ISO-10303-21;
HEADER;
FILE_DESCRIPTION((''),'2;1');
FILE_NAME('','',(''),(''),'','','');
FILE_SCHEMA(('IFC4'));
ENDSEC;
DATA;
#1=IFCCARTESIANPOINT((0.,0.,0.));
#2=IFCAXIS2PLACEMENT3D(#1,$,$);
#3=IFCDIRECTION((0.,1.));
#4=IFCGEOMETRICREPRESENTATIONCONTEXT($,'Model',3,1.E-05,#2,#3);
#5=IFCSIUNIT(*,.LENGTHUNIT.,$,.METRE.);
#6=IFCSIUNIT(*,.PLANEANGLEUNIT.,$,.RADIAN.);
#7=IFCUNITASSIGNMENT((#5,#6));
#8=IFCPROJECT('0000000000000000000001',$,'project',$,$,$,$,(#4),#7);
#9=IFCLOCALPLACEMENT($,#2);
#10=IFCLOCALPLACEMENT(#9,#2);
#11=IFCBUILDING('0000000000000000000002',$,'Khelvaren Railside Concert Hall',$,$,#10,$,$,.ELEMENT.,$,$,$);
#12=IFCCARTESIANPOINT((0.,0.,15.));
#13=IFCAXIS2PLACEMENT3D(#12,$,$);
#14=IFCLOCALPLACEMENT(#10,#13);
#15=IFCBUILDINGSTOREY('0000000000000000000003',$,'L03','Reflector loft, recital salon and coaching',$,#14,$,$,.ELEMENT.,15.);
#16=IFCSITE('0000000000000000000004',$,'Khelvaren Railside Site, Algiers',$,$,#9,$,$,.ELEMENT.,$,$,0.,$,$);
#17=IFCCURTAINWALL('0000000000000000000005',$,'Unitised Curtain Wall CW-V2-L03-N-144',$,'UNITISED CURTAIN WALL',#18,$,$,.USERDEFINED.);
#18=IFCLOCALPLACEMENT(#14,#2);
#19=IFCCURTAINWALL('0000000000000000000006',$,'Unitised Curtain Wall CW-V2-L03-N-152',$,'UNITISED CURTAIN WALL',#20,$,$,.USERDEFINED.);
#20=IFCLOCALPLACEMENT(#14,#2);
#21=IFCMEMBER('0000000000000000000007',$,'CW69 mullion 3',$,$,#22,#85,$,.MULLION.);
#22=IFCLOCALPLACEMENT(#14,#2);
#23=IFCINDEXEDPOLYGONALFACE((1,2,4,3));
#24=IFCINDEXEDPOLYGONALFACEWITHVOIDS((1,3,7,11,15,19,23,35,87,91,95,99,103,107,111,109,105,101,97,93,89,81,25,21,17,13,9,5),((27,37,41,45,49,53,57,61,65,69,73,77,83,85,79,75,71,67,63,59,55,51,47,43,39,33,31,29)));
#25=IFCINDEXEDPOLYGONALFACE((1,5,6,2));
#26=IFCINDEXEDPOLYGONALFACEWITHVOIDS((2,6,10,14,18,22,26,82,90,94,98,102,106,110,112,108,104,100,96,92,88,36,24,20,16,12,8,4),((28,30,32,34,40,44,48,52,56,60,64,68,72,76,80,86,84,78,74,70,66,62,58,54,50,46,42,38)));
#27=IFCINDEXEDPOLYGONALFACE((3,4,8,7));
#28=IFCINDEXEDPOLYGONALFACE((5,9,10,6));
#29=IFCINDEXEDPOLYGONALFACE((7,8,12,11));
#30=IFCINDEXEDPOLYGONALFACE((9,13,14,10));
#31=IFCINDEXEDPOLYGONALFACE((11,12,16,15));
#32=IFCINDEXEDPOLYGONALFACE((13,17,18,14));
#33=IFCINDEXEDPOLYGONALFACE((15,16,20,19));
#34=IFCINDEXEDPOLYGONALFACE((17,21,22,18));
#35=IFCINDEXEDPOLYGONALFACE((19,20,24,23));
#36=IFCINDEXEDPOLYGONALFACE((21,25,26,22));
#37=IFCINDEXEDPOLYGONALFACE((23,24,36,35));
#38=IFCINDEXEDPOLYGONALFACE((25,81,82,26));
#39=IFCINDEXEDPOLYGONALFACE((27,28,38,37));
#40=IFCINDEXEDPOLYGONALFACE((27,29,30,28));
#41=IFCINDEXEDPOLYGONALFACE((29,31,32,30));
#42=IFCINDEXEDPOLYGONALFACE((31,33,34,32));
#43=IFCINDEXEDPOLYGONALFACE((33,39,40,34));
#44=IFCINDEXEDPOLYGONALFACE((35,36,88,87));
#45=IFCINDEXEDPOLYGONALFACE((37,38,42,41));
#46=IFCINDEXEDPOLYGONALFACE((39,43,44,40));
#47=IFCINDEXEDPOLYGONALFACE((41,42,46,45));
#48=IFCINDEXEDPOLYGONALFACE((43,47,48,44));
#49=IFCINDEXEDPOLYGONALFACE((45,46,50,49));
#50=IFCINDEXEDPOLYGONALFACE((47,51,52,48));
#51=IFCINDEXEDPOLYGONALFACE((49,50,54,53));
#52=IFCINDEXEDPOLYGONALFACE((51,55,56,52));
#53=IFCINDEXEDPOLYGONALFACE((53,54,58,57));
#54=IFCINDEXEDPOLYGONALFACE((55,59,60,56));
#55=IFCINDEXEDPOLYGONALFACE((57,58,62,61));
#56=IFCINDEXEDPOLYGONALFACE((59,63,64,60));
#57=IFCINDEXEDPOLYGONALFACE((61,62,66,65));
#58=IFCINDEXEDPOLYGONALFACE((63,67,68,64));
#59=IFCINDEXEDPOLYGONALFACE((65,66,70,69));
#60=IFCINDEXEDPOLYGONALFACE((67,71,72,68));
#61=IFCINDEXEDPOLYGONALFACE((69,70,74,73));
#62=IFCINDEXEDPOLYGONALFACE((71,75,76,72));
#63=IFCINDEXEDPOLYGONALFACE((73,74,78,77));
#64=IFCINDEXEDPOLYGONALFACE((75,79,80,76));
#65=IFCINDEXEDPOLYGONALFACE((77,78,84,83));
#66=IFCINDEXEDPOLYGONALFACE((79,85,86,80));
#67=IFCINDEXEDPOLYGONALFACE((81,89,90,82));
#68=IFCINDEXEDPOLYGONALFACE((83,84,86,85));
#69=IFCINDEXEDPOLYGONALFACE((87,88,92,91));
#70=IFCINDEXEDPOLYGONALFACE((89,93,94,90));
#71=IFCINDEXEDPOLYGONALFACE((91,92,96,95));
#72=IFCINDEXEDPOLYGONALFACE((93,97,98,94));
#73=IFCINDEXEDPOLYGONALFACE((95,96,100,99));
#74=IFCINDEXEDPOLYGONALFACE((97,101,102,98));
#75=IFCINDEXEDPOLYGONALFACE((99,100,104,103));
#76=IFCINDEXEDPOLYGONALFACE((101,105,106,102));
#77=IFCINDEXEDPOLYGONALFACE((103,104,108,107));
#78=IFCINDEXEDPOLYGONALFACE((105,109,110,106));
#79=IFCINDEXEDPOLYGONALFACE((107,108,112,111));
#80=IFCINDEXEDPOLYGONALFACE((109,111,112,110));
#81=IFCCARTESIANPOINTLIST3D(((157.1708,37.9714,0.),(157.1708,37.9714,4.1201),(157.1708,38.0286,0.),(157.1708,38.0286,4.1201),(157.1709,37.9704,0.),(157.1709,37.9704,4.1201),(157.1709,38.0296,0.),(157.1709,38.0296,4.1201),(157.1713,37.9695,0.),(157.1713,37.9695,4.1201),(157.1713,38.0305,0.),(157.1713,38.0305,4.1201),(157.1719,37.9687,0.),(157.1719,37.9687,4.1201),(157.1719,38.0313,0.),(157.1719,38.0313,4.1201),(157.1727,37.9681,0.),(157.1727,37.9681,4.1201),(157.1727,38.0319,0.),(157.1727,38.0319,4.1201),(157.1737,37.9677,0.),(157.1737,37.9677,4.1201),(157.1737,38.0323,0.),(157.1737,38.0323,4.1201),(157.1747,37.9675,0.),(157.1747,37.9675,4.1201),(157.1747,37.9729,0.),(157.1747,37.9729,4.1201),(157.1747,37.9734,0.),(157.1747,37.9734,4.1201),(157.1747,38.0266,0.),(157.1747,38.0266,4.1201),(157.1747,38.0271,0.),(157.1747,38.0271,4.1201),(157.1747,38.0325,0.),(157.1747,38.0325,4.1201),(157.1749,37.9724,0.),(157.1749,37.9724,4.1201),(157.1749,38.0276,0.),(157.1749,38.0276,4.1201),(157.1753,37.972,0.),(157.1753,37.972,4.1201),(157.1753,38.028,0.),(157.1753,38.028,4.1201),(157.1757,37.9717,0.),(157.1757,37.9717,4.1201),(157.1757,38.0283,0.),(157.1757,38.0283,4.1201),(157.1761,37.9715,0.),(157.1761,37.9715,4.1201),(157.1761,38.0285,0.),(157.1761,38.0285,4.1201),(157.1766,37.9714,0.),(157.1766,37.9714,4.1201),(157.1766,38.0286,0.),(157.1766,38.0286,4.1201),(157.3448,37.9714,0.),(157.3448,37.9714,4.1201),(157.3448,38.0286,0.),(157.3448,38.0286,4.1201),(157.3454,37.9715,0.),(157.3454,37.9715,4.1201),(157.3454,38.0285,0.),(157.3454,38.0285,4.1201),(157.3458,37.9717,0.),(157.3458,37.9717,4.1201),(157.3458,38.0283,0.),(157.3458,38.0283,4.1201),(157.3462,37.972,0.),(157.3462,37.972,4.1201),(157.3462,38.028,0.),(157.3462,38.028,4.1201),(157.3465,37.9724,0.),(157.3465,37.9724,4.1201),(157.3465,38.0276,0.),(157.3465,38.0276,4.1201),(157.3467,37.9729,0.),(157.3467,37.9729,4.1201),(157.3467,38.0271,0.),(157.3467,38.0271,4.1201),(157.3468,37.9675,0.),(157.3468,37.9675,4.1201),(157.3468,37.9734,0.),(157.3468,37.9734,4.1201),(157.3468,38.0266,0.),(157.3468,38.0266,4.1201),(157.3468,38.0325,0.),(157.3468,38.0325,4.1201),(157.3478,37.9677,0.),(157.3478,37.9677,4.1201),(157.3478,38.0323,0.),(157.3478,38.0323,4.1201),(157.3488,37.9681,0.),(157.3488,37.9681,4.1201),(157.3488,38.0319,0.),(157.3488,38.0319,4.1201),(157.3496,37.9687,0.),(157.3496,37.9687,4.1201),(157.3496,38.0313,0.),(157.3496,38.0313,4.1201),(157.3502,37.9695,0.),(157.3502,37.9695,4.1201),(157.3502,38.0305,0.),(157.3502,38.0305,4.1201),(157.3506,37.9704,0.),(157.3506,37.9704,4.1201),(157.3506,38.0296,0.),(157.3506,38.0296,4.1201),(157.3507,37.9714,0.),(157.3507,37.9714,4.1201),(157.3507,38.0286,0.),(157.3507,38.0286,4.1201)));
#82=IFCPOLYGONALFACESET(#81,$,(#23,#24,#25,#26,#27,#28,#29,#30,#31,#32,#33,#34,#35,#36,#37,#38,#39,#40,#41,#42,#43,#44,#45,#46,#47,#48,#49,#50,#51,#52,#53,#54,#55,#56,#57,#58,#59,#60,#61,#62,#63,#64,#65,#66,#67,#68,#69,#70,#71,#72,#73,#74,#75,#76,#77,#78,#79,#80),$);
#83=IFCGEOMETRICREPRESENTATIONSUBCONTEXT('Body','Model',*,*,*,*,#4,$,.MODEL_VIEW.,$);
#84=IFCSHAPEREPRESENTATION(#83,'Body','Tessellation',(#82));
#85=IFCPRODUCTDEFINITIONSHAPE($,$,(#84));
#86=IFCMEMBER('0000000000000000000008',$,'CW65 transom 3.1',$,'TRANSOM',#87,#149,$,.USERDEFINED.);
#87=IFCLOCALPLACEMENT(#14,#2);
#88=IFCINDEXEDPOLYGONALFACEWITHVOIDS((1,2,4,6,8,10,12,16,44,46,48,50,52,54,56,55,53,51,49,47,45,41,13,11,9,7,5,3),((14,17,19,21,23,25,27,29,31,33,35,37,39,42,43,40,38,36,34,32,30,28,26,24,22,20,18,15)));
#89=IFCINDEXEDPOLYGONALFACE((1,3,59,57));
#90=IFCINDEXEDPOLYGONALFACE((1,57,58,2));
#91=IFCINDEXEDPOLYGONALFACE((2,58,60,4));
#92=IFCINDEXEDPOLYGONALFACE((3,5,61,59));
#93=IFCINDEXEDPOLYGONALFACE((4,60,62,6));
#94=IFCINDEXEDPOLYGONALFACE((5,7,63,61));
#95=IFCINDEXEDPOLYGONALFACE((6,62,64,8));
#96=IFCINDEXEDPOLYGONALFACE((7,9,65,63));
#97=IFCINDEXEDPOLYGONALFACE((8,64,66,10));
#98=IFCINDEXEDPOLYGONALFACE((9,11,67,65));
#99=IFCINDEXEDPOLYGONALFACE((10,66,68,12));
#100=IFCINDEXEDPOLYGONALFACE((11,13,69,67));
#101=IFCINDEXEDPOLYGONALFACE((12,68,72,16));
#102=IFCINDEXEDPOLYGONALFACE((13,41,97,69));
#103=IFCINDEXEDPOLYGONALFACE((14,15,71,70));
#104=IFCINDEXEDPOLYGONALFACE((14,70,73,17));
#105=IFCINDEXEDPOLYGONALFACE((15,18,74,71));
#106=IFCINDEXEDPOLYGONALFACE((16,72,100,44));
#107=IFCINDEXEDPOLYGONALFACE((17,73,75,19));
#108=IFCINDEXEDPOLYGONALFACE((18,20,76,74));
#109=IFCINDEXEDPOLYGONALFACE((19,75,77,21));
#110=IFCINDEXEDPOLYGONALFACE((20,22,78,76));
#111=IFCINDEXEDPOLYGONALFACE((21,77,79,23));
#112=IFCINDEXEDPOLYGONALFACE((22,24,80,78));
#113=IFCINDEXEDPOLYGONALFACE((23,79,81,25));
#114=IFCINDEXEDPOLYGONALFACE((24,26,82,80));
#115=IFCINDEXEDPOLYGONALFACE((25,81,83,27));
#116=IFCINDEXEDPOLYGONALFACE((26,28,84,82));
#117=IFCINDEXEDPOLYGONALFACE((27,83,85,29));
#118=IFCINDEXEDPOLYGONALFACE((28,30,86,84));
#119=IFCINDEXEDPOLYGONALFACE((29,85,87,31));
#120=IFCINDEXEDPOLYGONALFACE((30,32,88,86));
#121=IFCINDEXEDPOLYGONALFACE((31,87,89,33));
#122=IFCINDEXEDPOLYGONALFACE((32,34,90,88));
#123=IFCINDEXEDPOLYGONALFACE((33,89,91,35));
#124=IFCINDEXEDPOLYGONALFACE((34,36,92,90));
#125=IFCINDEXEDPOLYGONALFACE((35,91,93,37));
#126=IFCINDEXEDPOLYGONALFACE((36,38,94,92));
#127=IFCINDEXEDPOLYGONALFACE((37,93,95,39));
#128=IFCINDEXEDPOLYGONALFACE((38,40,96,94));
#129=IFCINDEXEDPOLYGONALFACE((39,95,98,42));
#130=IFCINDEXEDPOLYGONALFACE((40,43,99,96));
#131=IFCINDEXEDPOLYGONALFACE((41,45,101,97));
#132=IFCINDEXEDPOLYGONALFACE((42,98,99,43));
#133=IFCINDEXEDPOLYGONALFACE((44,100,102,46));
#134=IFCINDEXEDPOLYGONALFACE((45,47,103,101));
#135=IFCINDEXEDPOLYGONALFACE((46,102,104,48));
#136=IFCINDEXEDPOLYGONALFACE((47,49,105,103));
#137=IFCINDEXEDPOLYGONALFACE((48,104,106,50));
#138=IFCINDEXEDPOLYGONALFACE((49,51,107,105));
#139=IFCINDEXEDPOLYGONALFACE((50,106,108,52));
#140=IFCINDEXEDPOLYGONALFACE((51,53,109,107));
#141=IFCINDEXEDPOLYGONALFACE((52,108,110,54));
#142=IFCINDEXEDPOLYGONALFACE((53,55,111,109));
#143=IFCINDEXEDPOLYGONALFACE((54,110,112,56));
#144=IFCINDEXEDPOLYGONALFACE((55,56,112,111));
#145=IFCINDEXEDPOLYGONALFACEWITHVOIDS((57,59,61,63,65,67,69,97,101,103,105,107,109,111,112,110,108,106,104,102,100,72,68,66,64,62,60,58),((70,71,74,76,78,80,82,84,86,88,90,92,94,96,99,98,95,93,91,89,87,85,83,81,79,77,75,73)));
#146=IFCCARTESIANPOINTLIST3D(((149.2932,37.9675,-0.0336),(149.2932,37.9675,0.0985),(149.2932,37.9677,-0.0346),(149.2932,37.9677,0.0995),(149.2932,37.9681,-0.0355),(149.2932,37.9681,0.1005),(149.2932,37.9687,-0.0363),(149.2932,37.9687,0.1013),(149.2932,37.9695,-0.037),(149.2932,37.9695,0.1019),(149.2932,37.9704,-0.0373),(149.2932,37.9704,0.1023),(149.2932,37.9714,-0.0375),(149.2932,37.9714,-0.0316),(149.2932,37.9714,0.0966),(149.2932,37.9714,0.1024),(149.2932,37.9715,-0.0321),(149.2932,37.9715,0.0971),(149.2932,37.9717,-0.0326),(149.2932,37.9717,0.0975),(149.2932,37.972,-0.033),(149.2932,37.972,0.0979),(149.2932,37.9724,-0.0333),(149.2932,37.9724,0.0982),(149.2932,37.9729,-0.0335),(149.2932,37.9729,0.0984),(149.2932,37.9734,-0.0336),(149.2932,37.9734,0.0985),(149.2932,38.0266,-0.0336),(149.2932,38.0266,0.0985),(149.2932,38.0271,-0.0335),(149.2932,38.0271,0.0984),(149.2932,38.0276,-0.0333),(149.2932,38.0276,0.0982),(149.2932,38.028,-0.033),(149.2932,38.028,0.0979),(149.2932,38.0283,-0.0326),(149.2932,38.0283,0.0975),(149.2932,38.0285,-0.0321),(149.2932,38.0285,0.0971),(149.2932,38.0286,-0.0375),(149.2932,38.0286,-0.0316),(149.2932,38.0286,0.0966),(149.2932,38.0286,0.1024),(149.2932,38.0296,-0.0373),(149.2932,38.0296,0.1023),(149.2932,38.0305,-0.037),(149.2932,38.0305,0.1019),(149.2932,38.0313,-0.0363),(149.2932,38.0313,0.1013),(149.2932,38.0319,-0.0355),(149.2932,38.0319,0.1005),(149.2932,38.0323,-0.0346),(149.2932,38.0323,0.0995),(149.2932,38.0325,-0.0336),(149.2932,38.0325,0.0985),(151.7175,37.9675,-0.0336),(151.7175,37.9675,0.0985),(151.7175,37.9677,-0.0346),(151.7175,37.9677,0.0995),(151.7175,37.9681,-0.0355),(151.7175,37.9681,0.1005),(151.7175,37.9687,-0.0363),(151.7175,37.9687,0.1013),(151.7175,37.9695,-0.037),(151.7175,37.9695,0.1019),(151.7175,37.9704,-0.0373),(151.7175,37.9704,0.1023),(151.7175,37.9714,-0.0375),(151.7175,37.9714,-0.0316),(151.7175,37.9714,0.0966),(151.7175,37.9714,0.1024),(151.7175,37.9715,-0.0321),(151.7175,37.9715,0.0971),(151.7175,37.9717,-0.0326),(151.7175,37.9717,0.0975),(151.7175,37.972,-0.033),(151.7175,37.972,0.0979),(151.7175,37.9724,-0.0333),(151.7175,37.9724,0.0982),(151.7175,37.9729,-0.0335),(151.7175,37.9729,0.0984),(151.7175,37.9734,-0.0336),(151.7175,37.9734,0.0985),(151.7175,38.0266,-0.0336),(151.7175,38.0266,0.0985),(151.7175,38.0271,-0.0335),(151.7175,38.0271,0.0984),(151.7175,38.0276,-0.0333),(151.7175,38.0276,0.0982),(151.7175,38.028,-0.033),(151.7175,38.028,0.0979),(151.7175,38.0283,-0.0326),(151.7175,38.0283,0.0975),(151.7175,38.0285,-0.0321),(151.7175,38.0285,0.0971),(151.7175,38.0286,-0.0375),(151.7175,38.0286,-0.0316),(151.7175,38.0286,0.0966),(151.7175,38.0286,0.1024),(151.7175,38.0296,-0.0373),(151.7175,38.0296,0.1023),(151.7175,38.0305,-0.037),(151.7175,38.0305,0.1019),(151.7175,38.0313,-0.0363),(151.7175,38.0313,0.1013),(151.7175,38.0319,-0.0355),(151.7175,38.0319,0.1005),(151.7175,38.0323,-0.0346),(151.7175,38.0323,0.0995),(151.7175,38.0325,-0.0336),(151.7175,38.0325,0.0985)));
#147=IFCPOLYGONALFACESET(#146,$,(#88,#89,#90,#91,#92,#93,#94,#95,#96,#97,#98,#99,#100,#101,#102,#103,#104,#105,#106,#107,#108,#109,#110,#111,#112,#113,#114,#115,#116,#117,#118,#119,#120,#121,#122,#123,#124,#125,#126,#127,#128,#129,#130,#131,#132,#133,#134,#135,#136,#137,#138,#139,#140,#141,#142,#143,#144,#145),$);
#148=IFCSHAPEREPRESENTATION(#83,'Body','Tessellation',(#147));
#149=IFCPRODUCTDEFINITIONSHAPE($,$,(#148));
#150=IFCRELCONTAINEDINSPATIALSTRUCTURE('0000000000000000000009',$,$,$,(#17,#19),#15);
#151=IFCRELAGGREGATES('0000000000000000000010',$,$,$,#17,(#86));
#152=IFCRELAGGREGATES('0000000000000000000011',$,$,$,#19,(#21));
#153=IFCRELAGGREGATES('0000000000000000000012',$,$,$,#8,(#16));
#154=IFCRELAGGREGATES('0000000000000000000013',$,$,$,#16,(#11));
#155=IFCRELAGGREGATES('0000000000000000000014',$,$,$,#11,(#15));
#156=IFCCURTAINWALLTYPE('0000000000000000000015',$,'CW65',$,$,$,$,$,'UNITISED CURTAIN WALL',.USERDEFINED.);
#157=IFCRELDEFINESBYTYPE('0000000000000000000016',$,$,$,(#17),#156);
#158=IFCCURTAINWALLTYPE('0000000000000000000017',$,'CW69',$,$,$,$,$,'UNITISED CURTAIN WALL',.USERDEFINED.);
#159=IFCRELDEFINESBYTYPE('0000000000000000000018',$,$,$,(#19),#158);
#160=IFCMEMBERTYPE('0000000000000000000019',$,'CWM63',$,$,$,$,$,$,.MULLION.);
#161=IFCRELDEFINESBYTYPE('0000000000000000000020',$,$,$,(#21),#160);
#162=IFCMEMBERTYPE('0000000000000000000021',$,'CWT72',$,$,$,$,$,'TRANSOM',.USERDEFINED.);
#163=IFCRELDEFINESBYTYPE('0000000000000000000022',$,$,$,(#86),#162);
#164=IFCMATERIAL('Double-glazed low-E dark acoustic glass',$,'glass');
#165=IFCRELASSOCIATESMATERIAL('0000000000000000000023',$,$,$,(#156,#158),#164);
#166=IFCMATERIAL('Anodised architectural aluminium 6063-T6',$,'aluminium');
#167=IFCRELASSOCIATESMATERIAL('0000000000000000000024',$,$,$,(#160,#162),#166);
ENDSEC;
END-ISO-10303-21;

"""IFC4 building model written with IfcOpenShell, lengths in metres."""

from ifc_helpers import new_model, si_unit, direction, frame, origin, origin_2d, place, context, subcontext, project, spatial, hollow_rectangle, extrude, material, material_profile, profile_set, type_object, element, aggregate, save


model = new_model("IFC4")

# Units and contexts
model_context = context("Model", 3, precision=1e-05, world=origin(), true_north=direction((0.0, 1.0)))
body_context = subcontext(model_context, "Body", "Model", "MODEL_VIEW")
ifc_project = project(units=[si_unit("LENGTHUNIT", "METRE"), si_unit("PLANEANGLEUNIT", "RADIAN")], contexts=[model_context])

# Site, building, storey
site_placement = place(None, origin())
site = spatial("IfcSite", under=ifc_project, at=site_placement, Name="Khelvaren Railside Site, Algiers", CompositionType="ELEMENT", RefElevation=0.0)
building_placement = place(site_placement, origin())
building = spatial("IfcBuilding", under=site, at=building_placement, Name="Khelvaren Railside Concert Hall", CompositionType="ELEMENT")
storey_placement = place(building_placement, frame((0.0, 0.0, 15.0)))
storey = spatial("IfcBuildingStorey", under=building, at=storey_placement, Name="L03", Description="Reflector loft, recital salon and coaching", CompositionType="ELEMENT", Elevation=15.0)

# Curtain walls, member
ifc_material_1 = material(Name="Double-glazed low-E dark acoustic glass", Category="glass")
curtain_wall_type_1 = type_object("IfcCurtainWallType", Name="CW65", ElementType="UNITISED CURTAIN WALL", PredefinedType="USERDEFINED", material=ifc_material_1)
curtain_wall_1_placement = place(storey_placement, origin())
curtain_wall_1 = element("IfcCurtainWall", 1, at=curtain_wall_1_placement, inside=storey, type_object=curtain_wall_type_1, Name="Unitised Curtain Wall CW-V2-L03-N-144", ObjectType="UNITISED CURTAIN WALL", PredefinedType="USERDEFINED")
ifc_material_2 = material(Name="Anodised architectural aluminium 6063-T6", Category="aluminium")
ifc_material_profile_1 = material_profile(ifc_material_2, hollow_rectangle(XDim=0.0649, YDim=0.1799, WallThickness=0.0039, InnerFilletRadius=0.002, OuterFilletRadius=0.0039, at=origin_2d()), Name="CWM 65x180x4")
ifc_profile_set_1 = profile_set([ifc_material_profile_1], Name="Anodised architectural aluminium 6063-T6")
member_type_1 = type_object("IfcMemberType", Name="CWM63", PredefinedType="MULLION", material=ifc_profile_set_1)
curtain_wall_type_2 = type_object("IfcCurtainWallType", Name="CW69", ElementType="UNITISED CURTAIN WALL", PredefinedType="USERDEFINED", material=ifc_material_1)
curtain_wall_2_placement = place(storey_placement, origin())
curtain_wall_2 = element("IfcCurtainWall", 2, at=curtain_wall_2_placement, inside=storey, type_object=curtain_wall_type_2, Name="Unitised Curtain Wall CW-V2-L03-N-152", ObjectType="UNITISED CURTAIN WALL", PredefinedType="USERDEFINED")
member_1_placement = place(storey_placement, frame((157.2607, 38.0, 0.0), z_axis=(0.0, 0.0, 1.0), x_axis=(0.0, 1.0, 0.0)))
member_1 = element("IfcMember", 3, at=member_1_placement, type_object=member_type_1, Name="CW69 mullion 3", PredefinedType="MULLION", context=body_context, shape_type="SweptSolid", body=[
    extrude(hollow_rectangle(XDim=0.0649, YDim=0.1799, WallThickness=0.0039, InnerFilletRadius=0.002, OuterFilletRadius=0.0039, at=origin_2d()), origin(), (0.0, 0.0, 1.0), 4.1201),
])

# Member
ifc_material_profile_2 = material_profile(ifc_material_2, hollow_rectangle(XDim=0.0649, YDim=0.1399, WallThickness=0.0039, InnerFilletRadius=0.002, OuterFilletRadius=0.0039, at=origin_2d()), Name="CWT 65x140x4")
ifc_profile_set_2 = profile_set([ifc_material_profile_2], Name="Anodised architectural aluminium 6063-T6")
member_type_2 = type_object("IfcMemberType", Name="CWT72", ElementType="TRANSOM", PredefinedType="USERDEFINED", material=ifc_profile_set_2)
member_2_placement = place(storey_placement, frame((149.2932, 38.0, 0.0325), z_axis=(1.0, 0.0, 0.0), x_axis=(0.0, 1.0, 0.0)))
member_2 = element("IfcMember", 4, at=member_2_placement, type_object=member_type_2, Name="CW65 transom 3.1", ObjectType="TRANSOM", PredefinedType="USERDEFINED", context=body_context, shape_type="SweptSolid", body=[
    extrude(hollow_rectangle(XDim=0.0649, YDim=0.1399, WallThickness=0.0039, InnerFilletRadius=0.002, OuterFilletRadius=0.0039, at=origin_2d()), origin(), (0.0, 0.0, 1.0), 2.4243),
])

aggregate(curtain_wall_1, [member_2])
aggregate(curtain_wall_2, [member_1])

save(model, "model.ifc")
